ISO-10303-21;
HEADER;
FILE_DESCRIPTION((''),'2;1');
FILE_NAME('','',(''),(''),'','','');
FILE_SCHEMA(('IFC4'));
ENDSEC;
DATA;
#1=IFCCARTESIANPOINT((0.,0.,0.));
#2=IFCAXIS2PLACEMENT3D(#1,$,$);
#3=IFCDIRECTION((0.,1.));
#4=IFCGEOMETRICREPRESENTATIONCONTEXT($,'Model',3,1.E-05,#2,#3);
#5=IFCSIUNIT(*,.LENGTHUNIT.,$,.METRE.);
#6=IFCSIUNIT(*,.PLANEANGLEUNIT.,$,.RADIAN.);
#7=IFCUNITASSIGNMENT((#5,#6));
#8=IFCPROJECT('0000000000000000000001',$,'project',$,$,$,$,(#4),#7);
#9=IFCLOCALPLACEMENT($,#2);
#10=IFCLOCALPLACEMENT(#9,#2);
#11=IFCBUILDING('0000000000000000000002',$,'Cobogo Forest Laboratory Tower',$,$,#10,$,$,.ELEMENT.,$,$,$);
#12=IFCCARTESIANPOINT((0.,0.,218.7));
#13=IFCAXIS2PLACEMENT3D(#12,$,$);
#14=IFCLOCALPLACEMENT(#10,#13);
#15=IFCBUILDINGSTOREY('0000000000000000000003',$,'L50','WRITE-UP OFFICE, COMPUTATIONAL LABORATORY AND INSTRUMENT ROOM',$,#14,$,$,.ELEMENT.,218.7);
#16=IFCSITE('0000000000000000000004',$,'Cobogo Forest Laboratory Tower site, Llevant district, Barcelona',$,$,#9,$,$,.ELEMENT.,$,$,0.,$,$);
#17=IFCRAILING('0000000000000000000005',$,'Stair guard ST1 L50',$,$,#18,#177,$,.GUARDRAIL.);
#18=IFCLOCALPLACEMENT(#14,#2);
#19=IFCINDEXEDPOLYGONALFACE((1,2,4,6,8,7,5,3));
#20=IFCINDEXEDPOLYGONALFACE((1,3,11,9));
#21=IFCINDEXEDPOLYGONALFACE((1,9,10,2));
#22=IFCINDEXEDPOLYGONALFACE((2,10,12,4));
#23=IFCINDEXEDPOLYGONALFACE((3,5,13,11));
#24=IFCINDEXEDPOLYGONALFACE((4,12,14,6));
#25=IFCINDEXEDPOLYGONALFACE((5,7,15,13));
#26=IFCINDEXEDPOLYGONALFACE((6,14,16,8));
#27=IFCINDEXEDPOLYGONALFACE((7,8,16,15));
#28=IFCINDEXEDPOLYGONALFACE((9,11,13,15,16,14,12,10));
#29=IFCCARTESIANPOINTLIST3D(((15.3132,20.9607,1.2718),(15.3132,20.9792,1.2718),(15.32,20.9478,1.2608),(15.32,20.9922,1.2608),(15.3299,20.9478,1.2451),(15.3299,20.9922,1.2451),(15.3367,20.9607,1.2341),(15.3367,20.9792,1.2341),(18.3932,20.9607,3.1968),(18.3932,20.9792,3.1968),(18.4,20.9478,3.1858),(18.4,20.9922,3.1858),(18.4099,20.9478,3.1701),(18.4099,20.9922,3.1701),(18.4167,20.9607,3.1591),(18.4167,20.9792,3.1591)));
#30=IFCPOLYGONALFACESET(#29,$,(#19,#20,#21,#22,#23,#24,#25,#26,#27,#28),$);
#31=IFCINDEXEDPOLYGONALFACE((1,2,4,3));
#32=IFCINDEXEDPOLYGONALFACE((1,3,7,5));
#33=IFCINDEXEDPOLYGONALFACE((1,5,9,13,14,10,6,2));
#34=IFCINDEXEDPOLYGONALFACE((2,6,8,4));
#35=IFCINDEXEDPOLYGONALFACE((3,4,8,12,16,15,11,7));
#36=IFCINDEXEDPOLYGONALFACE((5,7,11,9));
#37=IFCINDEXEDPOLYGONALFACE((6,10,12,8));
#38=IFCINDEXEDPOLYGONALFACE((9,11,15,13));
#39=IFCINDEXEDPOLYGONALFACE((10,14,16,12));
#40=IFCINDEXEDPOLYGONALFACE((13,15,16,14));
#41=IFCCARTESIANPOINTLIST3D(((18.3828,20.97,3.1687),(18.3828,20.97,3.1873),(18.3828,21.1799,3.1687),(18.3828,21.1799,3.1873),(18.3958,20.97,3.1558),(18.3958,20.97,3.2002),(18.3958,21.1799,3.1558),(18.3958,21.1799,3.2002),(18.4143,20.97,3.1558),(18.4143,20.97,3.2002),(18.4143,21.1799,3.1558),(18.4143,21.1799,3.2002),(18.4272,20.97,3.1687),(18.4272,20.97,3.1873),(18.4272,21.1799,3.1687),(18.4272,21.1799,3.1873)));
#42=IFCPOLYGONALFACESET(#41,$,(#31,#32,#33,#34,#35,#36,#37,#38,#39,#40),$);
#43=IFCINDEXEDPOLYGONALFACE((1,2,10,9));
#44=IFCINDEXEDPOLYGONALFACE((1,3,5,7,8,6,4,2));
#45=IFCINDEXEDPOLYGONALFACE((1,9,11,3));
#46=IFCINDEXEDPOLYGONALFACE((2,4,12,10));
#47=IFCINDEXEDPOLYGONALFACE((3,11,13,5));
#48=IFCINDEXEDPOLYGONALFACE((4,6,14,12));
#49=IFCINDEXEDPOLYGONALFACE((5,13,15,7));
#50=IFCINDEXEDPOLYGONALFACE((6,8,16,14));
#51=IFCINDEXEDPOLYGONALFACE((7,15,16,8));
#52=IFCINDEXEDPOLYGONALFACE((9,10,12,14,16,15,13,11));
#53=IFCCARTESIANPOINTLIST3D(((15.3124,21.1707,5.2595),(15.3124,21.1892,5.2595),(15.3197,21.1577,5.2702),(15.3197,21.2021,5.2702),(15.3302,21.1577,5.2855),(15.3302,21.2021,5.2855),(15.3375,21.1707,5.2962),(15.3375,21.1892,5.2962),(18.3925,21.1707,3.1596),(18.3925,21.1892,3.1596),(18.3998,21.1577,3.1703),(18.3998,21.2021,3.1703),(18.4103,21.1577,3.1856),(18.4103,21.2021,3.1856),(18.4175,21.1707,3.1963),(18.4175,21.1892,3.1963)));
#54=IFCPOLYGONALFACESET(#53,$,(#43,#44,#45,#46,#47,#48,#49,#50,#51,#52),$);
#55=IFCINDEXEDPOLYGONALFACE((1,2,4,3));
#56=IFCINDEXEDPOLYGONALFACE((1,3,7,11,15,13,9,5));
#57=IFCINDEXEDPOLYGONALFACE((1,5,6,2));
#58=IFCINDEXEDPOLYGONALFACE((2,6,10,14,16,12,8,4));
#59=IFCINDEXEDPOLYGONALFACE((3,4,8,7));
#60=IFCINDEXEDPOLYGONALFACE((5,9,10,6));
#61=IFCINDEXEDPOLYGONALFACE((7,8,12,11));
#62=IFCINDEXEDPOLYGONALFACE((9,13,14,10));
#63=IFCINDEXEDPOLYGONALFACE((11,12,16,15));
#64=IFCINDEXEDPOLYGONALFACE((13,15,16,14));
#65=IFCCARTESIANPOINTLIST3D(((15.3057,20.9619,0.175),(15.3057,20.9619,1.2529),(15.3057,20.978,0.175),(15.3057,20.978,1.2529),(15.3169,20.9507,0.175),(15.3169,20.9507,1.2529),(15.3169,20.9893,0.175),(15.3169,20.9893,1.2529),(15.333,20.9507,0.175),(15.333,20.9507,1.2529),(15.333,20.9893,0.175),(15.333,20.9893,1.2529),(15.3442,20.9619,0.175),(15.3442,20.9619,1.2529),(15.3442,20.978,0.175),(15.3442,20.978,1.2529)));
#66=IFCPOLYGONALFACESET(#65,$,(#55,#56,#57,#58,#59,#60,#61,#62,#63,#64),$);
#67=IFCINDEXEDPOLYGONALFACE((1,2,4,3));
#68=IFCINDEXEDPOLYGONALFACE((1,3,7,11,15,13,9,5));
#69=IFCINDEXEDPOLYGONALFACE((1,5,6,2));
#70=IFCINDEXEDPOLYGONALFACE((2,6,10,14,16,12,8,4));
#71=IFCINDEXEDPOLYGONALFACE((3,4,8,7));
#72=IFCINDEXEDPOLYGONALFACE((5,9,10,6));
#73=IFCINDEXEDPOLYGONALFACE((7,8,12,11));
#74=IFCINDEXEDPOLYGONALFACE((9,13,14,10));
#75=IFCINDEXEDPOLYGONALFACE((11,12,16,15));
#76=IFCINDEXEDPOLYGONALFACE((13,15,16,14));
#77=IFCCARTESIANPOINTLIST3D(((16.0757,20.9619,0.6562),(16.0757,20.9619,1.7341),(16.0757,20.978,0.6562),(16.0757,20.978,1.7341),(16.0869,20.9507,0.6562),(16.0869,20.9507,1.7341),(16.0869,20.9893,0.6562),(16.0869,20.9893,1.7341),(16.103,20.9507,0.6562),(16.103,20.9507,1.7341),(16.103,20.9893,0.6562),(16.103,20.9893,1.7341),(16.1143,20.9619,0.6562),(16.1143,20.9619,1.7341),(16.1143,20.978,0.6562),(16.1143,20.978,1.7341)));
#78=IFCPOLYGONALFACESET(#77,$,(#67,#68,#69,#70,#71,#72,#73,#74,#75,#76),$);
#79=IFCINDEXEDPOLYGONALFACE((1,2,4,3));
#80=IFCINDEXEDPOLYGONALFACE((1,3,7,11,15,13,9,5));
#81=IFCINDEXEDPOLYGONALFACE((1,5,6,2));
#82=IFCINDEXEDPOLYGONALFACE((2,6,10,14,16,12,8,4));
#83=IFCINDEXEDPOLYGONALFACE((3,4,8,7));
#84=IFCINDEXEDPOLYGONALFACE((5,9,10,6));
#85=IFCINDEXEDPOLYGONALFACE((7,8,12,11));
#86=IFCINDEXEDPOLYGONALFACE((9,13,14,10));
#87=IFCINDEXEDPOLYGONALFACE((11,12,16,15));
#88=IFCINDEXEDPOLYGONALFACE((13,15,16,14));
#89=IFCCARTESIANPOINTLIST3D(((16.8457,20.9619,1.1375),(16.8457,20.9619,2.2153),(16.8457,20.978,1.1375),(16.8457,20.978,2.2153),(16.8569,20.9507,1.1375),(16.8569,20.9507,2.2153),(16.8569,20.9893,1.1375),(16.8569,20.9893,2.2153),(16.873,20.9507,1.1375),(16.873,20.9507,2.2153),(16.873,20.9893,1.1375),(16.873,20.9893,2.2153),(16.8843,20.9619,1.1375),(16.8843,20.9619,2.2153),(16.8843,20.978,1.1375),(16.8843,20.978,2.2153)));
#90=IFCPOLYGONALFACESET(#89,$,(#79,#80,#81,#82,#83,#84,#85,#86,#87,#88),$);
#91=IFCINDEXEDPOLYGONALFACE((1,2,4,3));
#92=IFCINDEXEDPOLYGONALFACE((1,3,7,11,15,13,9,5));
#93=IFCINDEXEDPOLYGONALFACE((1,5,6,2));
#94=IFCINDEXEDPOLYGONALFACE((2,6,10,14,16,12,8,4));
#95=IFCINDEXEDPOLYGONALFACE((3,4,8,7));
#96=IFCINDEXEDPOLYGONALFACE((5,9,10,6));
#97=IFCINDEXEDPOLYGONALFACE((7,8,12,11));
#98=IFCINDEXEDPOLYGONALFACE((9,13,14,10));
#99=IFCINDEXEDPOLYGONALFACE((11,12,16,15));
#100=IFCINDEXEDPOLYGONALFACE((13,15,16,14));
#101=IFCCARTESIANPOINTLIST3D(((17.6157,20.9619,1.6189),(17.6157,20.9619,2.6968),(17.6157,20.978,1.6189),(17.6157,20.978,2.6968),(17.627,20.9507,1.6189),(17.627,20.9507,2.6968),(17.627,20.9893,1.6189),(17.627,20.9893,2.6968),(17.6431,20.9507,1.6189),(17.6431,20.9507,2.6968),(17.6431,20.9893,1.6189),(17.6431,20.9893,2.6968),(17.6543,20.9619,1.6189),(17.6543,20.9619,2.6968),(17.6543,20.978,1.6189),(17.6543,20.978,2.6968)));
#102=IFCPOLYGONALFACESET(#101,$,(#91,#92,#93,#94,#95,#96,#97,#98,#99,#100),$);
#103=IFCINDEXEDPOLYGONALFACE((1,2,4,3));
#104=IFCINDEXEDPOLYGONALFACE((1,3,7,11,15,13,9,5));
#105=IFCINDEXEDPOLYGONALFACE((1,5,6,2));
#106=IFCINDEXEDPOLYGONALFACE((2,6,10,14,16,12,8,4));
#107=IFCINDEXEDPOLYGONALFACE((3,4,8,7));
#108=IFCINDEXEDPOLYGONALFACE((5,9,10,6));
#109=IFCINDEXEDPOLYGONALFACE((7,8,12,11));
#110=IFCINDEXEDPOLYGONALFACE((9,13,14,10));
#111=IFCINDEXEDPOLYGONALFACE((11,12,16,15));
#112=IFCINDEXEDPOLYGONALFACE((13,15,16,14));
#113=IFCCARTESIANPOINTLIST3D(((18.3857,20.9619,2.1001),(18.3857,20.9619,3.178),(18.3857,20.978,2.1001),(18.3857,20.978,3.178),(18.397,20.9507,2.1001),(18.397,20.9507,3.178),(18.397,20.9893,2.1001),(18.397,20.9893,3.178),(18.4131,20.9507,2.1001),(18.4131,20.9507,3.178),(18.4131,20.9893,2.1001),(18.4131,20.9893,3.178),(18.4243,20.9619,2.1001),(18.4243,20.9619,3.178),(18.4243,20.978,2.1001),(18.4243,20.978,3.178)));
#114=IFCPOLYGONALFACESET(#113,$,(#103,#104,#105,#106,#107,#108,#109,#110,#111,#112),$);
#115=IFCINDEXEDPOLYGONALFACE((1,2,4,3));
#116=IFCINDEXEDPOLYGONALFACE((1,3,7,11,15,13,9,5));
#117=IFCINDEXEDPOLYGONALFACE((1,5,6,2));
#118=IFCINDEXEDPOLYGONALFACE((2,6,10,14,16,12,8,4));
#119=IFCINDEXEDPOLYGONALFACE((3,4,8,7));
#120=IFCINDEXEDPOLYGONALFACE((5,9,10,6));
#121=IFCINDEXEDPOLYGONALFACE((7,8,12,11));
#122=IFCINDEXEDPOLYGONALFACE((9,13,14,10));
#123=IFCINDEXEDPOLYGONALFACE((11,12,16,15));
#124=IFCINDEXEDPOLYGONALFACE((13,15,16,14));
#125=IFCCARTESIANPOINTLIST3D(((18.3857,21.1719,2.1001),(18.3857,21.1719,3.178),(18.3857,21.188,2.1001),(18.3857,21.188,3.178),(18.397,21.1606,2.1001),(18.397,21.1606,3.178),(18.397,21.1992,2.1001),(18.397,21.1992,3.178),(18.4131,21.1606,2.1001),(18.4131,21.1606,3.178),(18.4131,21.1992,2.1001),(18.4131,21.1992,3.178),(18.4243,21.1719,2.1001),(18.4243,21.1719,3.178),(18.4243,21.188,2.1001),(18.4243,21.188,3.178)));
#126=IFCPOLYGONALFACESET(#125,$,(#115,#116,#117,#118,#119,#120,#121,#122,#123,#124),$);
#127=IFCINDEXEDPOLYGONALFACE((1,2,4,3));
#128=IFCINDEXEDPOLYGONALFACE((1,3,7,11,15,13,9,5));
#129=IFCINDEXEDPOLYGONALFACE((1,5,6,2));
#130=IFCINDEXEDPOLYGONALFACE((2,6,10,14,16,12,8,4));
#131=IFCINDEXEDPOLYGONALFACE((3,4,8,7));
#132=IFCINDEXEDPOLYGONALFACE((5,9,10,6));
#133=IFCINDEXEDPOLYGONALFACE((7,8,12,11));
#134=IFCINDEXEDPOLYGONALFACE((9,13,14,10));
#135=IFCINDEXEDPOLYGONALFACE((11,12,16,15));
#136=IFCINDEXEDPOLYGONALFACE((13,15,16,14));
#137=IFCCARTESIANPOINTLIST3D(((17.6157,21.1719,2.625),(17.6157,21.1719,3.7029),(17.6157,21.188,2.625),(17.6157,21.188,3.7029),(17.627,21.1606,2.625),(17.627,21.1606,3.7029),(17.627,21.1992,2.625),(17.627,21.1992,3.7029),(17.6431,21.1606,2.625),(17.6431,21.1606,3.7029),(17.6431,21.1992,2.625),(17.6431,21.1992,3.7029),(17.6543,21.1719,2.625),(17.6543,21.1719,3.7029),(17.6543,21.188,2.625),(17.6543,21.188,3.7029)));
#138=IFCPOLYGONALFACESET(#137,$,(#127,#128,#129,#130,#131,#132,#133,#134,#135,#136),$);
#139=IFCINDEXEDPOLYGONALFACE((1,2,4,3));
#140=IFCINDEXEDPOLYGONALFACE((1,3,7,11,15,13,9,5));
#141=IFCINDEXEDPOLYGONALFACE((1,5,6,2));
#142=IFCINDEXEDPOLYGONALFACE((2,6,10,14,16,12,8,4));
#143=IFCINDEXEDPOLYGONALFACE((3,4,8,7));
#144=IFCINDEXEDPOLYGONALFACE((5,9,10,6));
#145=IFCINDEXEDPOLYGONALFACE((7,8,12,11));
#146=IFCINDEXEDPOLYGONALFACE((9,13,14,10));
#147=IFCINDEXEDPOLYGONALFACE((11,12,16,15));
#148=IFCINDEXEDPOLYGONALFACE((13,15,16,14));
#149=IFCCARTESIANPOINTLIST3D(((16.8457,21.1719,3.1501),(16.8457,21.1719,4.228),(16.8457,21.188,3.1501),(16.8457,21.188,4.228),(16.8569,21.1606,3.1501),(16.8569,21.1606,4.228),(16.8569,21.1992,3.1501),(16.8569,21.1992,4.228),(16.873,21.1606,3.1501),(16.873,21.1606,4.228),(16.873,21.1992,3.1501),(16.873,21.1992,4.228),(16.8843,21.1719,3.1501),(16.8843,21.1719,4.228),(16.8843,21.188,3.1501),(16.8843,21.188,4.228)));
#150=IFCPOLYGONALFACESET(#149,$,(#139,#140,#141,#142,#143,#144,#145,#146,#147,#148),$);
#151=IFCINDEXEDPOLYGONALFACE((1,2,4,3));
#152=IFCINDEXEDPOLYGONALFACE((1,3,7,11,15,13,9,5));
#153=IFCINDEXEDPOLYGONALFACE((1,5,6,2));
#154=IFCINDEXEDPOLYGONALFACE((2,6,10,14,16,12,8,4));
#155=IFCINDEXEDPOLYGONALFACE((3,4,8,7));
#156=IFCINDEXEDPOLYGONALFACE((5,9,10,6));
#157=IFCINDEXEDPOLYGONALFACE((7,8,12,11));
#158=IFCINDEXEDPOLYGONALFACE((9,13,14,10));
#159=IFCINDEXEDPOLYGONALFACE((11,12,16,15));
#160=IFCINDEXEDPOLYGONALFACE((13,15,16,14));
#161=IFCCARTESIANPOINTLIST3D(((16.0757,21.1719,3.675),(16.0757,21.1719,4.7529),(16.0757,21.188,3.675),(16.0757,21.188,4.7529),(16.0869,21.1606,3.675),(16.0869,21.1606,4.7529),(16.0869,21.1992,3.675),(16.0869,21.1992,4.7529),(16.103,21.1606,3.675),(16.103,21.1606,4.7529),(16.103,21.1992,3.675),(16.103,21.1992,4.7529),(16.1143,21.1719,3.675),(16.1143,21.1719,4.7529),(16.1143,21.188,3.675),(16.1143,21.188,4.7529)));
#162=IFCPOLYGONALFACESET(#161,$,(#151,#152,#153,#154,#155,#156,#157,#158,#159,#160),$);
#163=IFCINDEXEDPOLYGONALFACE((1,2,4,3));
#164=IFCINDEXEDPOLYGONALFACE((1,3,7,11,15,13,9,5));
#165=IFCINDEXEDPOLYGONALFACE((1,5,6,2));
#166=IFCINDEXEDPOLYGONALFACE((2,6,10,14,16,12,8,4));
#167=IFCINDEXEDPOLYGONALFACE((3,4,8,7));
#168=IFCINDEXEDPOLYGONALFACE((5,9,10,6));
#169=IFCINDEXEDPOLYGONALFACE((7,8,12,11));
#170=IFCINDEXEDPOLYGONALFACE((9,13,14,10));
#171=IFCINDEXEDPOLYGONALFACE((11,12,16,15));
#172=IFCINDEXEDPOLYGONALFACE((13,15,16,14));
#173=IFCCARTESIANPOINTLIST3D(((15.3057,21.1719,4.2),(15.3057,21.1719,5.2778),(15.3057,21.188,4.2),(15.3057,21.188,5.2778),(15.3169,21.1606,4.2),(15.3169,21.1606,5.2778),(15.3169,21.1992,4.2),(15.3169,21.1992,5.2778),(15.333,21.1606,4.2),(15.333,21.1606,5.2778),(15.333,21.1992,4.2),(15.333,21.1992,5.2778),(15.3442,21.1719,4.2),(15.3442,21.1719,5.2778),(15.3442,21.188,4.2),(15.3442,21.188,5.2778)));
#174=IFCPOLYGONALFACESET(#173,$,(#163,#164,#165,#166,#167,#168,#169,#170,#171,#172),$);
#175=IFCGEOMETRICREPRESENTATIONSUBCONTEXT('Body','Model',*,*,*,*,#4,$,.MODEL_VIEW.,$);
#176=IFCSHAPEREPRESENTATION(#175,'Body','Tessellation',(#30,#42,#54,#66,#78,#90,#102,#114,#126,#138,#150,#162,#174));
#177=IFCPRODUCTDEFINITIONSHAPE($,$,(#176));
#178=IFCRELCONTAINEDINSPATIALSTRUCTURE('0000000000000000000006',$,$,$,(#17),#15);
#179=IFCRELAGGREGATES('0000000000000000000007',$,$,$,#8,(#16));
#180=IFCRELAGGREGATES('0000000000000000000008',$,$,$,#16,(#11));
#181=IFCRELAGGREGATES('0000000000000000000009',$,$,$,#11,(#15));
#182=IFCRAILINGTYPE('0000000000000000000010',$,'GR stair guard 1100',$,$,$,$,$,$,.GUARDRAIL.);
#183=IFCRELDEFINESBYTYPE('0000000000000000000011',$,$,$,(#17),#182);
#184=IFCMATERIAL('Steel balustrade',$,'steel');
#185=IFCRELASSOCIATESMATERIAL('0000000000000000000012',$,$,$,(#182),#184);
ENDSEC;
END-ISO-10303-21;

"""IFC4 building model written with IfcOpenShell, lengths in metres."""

from ifc_helpers import new_model, si_unit, direction, frame, origin, place, context, subcontext, project, spatial, polyline, outline, extrude, material, type_object, element, save


model = new_model("IFC4")

# Units and contexts
model_context = context("Model", 3, precision=1e-05, world=origin(), true_north=direction((0.0, 1.0)))
body_context = subcontext(model_context, "Body", "Model", "MODEL_VIEW")
ifc_project = project(units=[si_unit("LENGTHUNIT", "METRE"), si_unit("PLANEANGLEUNIT", "RADIAN")], contexts=[model_context])

# Site, building, storey
site_placement = place(None, origin())
site = spatial("IfcSite", under=ifc_project, at=site_placement, Name="Cobogo Forest Laboratory Tower site, Llevant district, Barcelona", CompositionType="ELEMENT", RefElevation=0.0)
building_placement = place(site_placement, origin())
building = spatial("IfcBuilding", under=site, at=building_placement, Name="Cobogo Forest Laboratory Tower", CompositionType="ELEMENT")
storey_placement = place(building_placement, frame((0.0, 0.0, 218.7)))
storey = spatial("IfcBuildingStorey", under=building, at=storey_placement, Name="L50", Description="WRITE-UP OFFICE, COMPUTATIONAL LABORATORY AND INSTRUMENT ROOM", CompositionType="ELEMENT", Elevation=218.7)

# Railing
ifc_material_1 = material(Name="Steel balustrade", Category="steel")
railing_type_1 = type_object("IfcRailingType", Name="GR stair guard 1100", PredefinedType="GUARDRAIL", material=ifc_material_1)
railing_1_placement = place(storey_placement, frame((15.325, 20.97, 0.175)))
element("IfcRailing", 1, at=railing_1_placement, inside=storey, type_object=railing_type_1, Name="Stair guard ST1 L50", PredefinedType="GUARDRAIL", context=body_context, shape_type="SweptSolid", body=[
    extrude(outline(polyline([(0.0222, 0.0093), (0.0093, 0.0222), (-0.0093, 0.0222), (-0.0222, 0.0093), (-0.0222, -0.0093), (-0.0093, -0.0222), (0.0093, -0.0222), (0.0222, -0.0093), (0.0222, 0.0093)])), frame((0.0, 0.0, 1.0779), z_axis=(0.847998, 0.0, 0.529999), x_axis=(0.0, 1.0, 0.0)), (0.0, 0.0, 1.0), 3.6321),
    extrude(outline(polyline([(0.0222, 0.0093), (0.0093, 0.0222), (-0.0093, 0.0222), (-0.0222, 0.0093), (-0.0222, -0.0093), (-0.0093, -0.0222), (0.0093, -0.0222), (0.0222, -0.0093), (0.0222, 0.0093)])), frame((3.0801, 0.0, 3.0029), z_axis=(0.0, 1.0, 0.0), x_axis=(-1.0, 0.0, 0.0)), (0.0, 0.0, 1.0), 0.21),
    extrude(outline(polyline([(0.0222, 0.0093), (0.0093, 0.0222), (-0.0093, 0.0222), (-0.0222, 0.0093), (-0.0222, -0.0093), (-0.0093, -0.0222), (0.0093, -0.0222), (0.0222, -0.0093), (0.0222, 0.0093)])), frame((3.0801, 0.21, 3.0029), z_axis=(-0.826252, 0.0, 0.5633), x_axis=(0.0, -1.0, 0.0)), (0.0, 0.0, 1.0), 3.7278),
    extrude(outline(polyline([(0.0193, 0.0081), (0.0081, 0.0193), (-0.0081, 0.0193), (-0.0193, 0.0081), (-0.0193, -0.0081), (-0.0081, -0.0193), (0.0081, -0.0193), (0.0193, -0.0081), (0.0193, 0.0081)])), origin(), (0.0, 0.0, 1.0), 1.0779),
    extrude(outline(polyline([(0.0193, 0.0081), (0.0081, 0.0193), (-0.0081, 0.0193), (-0.0193, 0.0081), (-0.0193, -0.0081), (-0.0081, -0.0193), (0.0081, -0.0193), (0.0193, -0.0081), (0.0193, 0.0081)])), frame((0.77, 0.0, 0.4812)), (0.0, 0.0, 1.0), 1.0779),
    extrude(outline(polyline([(0.0193, 0.0081), (0.0081, 0.0193), (-0.0081, 0.0193), (-0.0193, 0.0081), (-0.0193, -0.0081), (-0.0081, -0.0193), (0.0081, -0.0193), (0.0193, -0.0081), (0.0193, 0.0081)])), frame((1.54, 0.0, 0.9624)), (0.0, 0.0, 1.0), 1.0779),
    extrude(outline(polyline([(0.0193, 0.0081), (0.0081, 0.0193), (-0.0081, 0.0193), (-0.0193, 0.0081), (-0.0193, -0.0081), (-0.0081, -0.0193), (0.0081, -0.0193), (0.0193, -0.0081), (0.0193, 0.0081)])), frame((2.3101, 0.0, 1.4438)), (0.0, 0.0, 1.0), 1.0779),
    extrude(outline(polyline([(0.0193, 0.0081), (0.0081, 0.0193), (-0.0081, 0.0193), (-0.0193, 0.0081), (-0.0193, -0.0081), (-0.0081, -0.0193), (0.0081, -0.0193), (0.0193, -0.0081), (0.0193, 0.0081)])), frame((3.0801, 0.0, 1.925)), (0.0, 0.0, 1.0), 1.0779),
    extrude(outline(polyline([(0.0193, 0.0081), (0.0081, 0.0193), (-0.0081, 0.0193), (-0.0193, 0.0081), (-0.0193, -0.0081), (-0.0081, -0.0193), (0.0081, -0.0193), (0.0193, -0.0081), (0.0193, 0.0081)])), frame((3.0801, 0.21, 1.925)), (0.0, 0.0, 1.0), 1.0779),
    extrude(outline(polyline([(0.0193, 0.0081), (0.0081, 0.0193), (-0.0081, 0.0193), (-0.0193, 0.0081), (-0.0193, -0.0081), (-0.0081, -0.0193), (0.0081, -0.0193), (0.0193, -0.0081), (0.0193, 0.0081)])), frame((2.3101, 0.21, 2.45)), (0.0, 0.0, 1.0), 1.0779),
    extrude(outline(polyline([(0.0193, 0.0081), (0.0081, 0.0193), (-0.0081, 0.0193), (-0.0193, 0.0081), (-0.0193, -0.0081), (-0.0081, -0.0193), (0.0081, -0.0193), (0.0193, -0.0081), (0.0193, 0.0081)])), frame((1.54, 0.21, 2.9751)), (0.0, 0.0, 1.0), 1.0779),
    extrude(outline(polyline([(0.0193, 0.0081), (0.0081, 0.0193), (-0.0081, 0.0193), (-0.0193, 0.0081), (-0.0193, -0.0081), (-0.0081, -0.0193), (0.0081, -0.0193), (0.0193, -0.0081), (0.0193, 0.0081)])), frame((0.77, 0.21, 3.5)), (0.0, 0.0, 1.0), 1.0779),
    extrude(outline(polyline([(0.0193, 0.0081), (0.0081, 0.0193), (-0.0081, 0.0193), (-0.0193, 0.0081), (-0.0193, -0.0081), (-0.0081, -0.0193), (0.0081, -0.0193), (0.0193, -0.0081), (0.0193, 0.0081)])), frame((0.0, 0.21, 4.0249)), (0.0, 0.0, 1.0), 1.0779),
])

save(model, "model.ifc")
